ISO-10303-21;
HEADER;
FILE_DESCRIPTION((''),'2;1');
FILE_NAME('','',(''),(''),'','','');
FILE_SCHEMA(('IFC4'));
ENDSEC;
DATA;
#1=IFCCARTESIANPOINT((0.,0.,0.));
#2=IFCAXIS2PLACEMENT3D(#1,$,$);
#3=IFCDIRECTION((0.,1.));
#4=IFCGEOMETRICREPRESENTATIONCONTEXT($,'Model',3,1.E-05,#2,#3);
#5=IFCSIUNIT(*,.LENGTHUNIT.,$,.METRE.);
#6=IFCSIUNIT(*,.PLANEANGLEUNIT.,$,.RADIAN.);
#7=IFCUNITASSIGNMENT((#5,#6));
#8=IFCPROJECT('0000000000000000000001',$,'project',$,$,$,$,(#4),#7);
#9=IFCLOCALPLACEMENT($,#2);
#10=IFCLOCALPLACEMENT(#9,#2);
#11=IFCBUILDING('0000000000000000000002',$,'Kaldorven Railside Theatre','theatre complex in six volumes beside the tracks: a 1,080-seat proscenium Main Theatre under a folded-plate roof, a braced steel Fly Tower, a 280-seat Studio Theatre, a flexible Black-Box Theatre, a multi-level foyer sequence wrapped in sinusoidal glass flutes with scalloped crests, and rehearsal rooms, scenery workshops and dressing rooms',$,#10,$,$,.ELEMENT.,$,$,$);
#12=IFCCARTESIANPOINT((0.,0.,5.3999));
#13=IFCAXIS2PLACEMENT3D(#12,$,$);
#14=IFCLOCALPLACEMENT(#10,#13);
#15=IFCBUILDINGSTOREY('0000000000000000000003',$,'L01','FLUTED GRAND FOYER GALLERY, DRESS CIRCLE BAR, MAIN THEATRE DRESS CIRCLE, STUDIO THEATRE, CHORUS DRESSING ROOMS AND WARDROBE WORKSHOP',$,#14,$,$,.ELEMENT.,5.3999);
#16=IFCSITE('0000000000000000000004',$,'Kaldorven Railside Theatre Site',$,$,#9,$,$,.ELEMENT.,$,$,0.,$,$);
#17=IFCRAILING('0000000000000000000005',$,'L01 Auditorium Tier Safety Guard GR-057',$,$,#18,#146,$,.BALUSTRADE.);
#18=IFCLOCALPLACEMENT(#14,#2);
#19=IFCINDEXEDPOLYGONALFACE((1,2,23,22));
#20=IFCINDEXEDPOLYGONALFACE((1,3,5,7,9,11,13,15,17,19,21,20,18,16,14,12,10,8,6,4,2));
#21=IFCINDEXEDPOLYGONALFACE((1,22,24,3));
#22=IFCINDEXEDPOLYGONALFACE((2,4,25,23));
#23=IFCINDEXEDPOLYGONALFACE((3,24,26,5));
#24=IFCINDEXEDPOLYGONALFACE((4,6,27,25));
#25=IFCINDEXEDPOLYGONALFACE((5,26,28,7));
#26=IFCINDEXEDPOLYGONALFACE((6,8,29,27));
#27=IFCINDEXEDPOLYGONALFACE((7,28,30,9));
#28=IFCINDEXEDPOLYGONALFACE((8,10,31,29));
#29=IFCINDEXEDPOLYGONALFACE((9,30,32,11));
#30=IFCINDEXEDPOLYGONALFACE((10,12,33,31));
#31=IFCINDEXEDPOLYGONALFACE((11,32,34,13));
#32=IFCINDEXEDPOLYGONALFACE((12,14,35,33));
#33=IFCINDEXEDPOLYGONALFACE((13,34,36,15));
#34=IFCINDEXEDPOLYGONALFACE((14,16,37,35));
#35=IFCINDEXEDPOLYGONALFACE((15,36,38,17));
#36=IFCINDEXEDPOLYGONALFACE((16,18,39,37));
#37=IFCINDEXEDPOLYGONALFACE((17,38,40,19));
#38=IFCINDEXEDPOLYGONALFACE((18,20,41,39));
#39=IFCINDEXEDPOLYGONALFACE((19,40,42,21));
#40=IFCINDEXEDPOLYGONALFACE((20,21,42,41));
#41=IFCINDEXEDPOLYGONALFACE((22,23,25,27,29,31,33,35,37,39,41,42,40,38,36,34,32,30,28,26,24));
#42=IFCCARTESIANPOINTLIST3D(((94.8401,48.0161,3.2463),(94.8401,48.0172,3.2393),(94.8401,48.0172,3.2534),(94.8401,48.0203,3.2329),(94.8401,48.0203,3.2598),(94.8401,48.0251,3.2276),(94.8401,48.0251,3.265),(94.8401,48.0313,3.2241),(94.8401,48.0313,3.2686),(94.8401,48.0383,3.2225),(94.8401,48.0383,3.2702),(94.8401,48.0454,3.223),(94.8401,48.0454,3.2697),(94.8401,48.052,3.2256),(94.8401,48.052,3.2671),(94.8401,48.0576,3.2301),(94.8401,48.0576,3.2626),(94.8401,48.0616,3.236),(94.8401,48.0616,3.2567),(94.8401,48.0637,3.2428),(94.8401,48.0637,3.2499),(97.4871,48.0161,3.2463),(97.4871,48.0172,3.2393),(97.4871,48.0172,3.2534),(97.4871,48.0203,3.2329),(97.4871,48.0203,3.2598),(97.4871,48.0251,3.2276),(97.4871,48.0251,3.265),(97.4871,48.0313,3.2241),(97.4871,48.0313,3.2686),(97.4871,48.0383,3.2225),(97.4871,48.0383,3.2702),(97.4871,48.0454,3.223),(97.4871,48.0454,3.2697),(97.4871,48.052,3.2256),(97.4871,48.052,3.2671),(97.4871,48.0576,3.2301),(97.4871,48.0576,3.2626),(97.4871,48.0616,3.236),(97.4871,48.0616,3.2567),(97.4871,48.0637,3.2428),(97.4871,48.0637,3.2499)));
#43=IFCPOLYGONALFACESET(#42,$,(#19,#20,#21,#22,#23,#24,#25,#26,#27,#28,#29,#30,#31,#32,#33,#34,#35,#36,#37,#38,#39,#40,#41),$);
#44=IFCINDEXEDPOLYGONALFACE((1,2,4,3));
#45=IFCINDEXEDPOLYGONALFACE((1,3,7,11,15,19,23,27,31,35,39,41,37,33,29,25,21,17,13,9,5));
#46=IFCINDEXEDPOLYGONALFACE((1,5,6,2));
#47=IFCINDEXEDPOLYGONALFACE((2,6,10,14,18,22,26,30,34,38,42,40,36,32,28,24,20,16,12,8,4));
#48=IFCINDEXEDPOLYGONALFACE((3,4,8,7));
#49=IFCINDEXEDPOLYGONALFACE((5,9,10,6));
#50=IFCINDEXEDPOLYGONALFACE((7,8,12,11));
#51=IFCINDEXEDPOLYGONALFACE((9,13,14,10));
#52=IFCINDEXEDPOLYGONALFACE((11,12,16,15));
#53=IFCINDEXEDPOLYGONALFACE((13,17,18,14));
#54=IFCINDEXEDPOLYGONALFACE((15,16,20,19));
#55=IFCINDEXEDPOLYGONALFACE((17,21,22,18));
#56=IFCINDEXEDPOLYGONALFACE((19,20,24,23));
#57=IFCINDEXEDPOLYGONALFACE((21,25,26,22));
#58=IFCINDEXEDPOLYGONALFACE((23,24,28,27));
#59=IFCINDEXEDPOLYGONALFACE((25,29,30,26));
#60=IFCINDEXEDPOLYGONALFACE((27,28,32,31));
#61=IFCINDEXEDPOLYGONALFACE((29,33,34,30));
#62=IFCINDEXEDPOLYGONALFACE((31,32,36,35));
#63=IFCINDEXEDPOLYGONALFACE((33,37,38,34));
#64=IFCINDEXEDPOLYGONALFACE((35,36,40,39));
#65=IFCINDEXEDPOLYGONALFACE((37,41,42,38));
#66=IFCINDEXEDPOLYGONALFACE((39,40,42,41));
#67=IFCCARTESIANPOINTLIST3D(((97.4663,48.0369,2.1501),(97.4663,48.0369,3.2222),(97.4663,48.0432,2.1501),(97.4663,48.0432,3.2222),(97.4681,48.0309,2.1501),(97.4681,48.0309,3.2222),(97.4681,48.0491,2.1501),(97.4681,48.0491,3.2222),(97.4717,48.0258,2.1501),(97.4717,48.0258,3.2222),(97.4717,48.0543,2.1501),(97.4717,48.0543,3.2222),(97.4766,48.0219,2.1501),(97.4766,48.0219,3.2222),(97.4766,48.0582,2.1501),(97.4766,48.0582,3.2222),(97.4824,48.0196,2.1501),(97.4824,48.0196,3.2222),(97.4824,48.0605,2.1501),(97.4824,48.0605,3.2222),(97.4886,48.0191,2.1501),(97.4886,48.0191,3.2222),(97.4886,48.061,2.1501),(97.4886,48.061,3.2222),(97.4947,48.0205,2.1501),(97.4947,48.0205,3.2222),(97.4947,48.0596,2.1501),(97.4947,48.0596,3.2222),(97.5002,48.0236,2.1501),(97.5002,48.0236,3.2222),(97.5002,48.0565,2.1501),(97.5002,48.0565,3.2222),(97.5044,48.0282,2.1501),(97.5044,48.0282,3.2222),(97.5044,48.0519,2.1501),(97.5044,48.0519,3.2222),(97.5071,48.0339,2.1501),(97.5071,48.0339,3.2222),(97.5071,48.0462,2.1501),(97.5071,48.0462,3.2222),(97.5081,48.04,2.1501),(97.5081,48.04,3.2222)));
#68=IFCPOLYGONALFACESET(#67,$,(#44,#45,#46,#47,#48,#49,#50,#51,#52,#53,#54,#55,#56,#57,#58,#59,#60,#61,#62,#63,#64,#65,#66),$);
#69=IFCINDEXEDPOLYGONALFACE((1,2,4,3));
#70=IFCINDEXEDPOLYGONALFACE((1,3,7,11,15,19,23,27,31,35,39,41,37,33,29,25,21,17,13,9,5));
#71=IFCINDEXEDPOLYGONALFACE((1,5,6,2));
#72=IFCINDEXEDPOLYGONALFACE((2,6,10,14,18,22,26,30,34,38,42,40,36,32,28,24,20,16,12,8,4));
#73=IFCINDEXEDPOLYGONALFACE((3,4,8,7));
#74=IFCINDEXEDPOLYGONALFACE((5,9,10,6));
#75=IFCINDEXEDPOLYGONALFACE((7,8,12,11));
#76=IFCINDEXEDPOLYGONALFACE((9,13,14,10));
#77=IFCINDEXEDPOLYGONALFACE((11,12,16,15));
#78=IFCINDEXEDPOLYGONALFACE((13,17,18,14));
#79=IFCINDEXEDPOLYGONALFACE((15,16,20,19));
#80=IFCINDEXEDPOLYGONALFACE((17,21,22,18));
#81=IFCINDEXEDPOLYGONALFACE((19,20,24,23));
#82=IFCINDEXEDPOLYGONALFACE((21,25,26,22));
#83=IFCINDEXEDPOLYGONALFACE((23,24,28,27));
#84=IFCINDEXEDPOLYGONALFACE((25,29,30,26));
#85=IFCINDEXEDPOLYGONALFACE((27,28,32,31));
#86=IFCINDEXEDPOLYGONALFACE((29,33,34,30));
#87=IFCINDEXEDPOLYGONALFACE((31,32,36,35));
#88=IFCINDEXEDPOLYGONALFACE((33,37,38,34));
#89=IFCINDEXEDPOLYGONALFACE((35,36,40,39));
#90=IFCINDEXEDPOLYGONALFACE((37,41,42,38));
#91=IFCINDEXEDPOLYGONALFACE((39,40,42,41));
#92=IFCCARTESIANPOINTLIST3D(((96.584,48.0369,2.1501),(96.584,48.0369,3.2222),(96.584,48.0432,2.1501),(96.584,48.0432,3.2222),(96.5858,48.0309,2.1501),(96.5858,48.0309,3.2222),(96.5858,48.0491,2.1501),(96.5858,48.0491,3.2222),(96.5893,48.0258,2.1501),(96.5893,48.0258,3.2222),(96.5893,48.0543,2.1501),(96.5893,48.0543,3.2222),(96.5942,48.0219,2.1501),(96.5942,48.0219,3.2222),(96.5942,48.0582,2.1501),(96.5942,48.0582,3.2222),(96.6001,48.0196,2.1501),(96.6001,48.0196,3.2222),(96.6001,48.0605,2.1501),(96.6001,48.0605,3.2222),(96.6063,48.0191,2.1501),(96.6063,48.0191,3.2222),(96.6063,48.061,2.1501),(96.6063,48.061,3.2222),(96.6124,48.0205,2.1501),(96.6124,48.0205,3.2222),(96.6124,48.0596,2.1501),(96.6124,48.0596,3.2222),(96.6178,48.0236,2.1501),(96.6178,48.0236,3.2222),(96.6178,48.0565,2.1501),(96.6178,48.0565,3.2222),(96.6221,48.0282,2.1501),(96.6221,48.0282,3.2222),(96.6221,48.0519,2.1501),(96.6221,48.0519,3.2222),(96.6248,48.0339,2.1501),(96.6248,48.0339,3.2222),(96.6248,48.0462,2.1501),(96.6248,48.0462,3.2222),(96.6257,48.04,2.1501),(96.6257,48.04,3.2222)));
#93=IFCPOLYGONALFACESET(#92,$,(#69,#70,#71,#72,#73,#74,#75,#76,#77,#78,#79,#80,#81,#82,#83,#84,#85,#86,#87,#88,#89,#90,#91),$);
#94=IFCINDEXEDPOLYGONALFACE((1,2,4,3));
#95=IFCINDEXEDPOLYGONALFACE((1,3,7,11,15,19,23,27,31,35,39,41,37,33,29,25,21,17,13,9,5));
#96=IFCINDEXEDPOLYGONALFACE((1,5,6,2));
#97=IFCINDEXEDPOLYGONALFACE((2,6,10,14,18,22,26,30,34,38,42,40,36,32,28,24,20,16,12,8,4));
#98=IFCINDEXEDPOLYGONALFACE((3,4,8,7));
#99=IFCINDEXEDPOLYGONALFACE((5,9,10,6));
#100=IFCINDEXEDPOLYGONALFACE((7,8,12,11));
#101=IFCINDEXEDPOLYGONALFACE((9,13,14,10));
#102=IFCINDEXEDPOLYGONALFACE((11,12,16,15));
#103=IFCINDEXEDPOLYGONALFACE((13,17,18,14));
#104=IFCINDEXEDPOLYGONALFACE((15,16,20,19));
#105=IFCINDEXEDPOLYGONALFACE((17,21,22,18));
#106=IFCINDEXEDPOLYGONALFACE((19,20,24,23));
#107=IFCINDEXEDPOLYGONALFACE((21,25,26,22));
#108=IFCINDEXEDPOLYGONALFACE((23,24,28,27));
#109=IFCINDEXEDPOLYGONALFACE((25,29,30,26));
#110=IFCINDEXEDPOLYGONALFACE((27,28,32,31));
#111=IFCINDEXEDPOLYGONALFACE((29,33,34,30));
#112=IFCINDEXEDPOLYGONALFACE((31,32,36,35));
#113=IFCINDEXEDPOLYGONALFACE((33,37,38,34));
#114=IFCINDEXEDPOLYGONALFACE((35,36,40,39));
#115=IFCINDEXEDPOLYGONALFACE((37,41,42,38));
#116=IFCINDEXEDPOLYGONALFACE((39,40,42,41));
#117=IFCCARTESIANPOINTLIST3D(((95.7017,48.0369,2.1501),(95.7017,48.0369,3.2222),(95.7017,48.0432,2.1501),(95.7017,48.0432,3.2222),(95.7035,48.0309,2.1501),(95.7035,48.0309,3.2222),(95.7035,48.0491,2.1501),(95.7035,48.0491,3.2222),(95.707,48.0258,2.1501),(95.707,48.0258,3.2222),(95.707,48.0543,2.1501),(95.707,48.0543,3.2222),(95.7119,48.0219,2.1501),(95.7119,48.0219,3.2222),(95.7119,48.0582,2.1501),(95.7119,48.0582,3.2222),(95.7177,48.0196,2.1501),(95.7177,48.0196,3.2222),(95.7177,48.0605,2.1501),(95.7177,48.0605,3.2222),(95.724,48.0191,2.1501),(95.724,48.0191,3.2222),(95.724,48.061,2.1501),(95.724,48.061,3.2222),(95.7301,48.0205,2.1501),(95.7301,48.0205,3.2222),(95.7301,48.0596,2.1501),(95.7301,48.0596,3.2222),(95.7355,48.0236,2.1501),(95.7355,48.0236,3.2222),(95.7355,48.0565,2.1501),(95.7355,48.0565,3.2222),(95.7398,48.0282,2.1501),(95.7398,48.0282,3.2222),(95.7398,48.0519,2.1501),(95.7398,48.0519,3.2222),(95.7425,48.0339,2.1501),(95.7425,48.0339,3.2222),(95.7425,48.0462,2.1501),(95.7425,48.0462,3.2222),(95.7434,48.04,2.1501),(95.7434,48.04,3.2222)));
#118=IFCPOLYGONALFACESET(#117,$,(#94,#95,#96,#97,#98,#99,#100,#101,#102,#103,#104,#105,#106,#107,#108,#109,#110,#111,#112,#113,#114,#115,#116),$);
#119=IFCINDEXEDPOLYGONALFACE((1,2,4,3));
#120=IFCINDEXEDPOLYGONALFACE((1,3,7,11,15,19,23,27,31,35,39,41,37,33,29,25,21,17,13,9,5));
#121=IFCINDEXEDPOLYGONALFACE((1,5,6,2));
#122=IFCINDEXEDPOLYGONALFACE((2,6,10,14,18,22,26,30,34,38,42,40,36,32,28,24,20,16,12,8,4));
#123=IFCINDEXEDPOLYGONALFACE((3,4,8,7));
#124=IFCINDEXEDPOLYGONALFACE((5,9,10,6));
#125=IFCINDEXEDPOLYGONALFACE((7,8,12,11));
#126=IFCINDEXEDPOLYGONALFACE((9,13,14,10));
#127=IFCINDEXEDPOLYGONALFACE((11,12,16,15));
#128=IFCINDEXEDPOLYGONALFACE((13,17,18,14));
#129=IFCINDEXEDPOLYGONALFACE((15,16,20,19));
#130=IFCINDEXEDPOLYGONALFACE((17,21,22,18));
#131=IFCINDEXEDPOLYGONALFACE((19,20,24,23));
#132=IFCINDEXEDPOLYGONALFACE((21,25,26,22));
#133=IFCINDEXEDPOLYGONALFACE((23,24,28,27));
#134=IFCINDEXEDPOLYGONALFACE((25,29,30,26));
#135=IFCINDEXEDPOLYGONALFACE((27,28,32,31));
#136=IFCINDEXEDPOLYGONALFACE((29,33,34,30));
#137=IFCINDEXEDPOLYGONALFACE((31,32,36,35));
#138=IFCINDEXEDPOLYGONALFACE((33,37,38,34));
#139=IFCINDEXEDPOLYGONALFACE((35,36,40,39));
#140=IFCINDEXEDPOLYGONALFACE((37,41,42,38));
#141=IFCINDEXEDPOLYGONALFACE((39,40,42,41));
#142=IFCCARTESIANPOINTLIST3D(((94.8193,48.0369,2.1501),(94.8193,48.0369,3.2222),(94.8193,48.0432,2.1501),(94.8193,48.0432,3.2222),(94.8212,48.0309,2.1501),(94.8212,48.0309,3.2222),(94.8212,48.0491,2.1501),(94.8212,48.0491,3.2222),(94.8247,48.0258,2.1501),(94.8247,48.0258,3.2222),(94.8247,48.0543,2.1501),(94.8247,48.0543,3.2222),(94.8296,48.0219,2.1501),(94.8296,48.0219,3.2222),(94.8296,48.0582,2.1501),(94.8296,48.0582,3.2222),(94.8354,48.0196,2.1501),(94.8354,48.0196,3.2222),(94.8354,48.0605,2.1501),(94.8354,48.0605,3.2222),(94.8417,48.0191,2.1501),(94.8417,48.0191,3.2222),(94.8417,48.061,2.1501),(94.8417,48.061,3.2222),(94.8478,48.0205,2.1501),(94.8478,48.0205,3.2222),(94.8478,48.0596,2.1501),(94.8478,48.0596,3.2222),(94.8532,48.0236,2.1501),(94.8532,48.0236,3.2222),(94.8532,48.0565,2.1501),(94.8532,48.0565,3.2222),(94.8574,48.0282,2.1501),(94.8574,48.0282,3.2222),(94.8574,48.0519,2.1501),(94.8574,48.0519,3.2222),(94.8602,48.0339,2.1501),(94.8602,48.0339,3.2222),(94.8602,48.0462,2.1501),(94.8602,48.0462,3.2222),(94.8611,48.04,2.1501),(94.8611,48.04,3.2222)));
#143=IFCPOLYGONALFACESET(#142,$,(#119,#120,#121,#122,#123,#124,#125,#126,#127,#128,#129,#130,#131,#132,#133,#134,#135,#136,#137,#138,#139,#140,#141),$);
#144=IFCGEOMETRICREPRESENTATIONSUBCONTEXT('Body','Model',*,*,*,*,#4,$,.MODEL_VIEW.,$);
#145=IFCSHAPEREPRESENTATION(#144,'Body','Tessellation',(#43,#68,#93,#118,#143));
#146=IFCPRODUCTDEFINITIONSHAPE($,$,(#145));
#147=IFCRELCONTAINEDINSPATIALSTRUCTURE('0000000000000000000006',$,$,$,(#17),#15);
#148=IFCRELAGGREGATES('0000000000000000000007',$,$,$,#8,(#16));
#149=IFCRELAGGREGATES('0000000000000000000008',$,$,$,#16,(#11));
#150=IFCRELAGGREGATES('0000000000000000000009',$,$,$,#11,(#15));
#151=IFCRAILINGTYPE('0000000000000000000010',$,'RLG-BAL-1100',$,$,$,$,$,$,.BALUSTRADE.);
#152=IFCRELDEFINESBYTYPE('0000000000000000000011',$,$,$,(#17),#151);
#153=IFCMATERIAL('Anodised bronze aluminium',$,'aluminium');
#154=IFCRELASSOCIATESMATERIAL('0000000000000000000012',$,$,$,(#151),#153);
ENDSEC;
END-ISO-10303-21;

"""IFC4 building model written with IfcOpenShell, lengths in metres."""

from ifc_helpers import new_model, si_unit, direction, frame, origin, origin_2d, place, context, subcontext, project, spatial, circle, extrude, material, type_object, element, save


model = new_model("IFC4")

# Units and contexts
model_context = context("Model", 3, precision=1e-05, world=origin(), true_north=direction((0.0, 1.0)))
body_context = subcontext(model_context, "Body", "Model", "MODEL_VIEW")
ifc_project = project(units=[si_unit("LENGTHUNIT", "METRE"), si_unit("PLANEANGLEUNIT", "RADIAN")], contexts=[model_context])

# Site, building, storey
site_placement = place(None, origin())
site = spatial("IfcSite", under=ifc_project, at=site_placement, Name="Kaldorven Railside Theatre Site", CompositionType="ELEMENT", RefElevation=0.0)
building_placement = place(site_placement, origin())
building = spatial("IfcBuilding", under=site, at=building_placement, Name="Kaldorven Railside Theatre", Description="theatre complex in six volumes beside the tracks: a 1,080-seat proscenium Main Theatre under a folded-plate roof, a braced steel Fly Tower, a 280-seat Studio Theatre, a flexible Black-Box Theatre, a multi-level foyer sequence wrapped in sinusoidal glass flutes with scalloped crests, and rehearsal rooms, scenery workshops and dressing rooms", CompositionType="ELEMENT")
storey_placement = place(building_placement, frame((0.0, 0.0, 5.3999)))
storey = spatial("IfcBuildingStorey", under=building, at=storey_placement, Name="L01", Description="FLUTED GRAND FOYER GALLERY, DRESS CIRCLE BAR, MAIN THEATRE DRESS CIRCLE, STUDIO THEATRE, CHORUS DRESSING ROOMS AND WARDROBE WORKSHOP", CompositionType="ELEMENT", Elevation=5.3999)

# Railing
ifc_material_1 = material(Name="Anodised bronze aluminium", Category="aluminium")
railing_type = type_object("IfcRailingType", Name="RLG-BAL-1100", PredefinedType="BALUSTRADE", material=ifc_material_1)
for number, where, name in (
    (1, (97.4871, 48.04, 2.1501), "L01 Auditorium Tier Safety Guard GR-057"),
):
    element("IfcRailing", number, at=place(storey_placement, frame(where)), inside=storey, type_object=railing_type, Name=name, PredefinedType="BALUSTRADE", context=body_context, shape_type="SweptSolid", body=[
        extrude(circle(Radius=0.0239, at=origin_2d()), frame((0.0, 0.0, 1.0962), z_axis=(-1.0, 0.0, 0.0), x_axis=(0.0, -1.0, 0.0)), (0.0, 0.0, 1.0), 2.647),
        extrude(circle(Radius=0.021, at=origin_2d()), origin(), (0.0, 0.0, 1.0), 1.072),
        extrude(circle(Radius=0.021, at=origin_2d()), frame((-0.8823, 0.0, 0.0)), (0.0, 0.0, 1.0), 1.072),
        extrude(circle(Radius=0.021, at=origin_2d()), frame((-1.7646, 0.0, 0.0)), (0.0, 0.0, 1.0), 1.072),
        extrude(circle(Radius=0.021, at=origin_2d()), frame((-2.647, 0.0, 0.0)), (0.0, 0.0, 1.0), 1.072),
    ])

save(model, "model.ifc")
